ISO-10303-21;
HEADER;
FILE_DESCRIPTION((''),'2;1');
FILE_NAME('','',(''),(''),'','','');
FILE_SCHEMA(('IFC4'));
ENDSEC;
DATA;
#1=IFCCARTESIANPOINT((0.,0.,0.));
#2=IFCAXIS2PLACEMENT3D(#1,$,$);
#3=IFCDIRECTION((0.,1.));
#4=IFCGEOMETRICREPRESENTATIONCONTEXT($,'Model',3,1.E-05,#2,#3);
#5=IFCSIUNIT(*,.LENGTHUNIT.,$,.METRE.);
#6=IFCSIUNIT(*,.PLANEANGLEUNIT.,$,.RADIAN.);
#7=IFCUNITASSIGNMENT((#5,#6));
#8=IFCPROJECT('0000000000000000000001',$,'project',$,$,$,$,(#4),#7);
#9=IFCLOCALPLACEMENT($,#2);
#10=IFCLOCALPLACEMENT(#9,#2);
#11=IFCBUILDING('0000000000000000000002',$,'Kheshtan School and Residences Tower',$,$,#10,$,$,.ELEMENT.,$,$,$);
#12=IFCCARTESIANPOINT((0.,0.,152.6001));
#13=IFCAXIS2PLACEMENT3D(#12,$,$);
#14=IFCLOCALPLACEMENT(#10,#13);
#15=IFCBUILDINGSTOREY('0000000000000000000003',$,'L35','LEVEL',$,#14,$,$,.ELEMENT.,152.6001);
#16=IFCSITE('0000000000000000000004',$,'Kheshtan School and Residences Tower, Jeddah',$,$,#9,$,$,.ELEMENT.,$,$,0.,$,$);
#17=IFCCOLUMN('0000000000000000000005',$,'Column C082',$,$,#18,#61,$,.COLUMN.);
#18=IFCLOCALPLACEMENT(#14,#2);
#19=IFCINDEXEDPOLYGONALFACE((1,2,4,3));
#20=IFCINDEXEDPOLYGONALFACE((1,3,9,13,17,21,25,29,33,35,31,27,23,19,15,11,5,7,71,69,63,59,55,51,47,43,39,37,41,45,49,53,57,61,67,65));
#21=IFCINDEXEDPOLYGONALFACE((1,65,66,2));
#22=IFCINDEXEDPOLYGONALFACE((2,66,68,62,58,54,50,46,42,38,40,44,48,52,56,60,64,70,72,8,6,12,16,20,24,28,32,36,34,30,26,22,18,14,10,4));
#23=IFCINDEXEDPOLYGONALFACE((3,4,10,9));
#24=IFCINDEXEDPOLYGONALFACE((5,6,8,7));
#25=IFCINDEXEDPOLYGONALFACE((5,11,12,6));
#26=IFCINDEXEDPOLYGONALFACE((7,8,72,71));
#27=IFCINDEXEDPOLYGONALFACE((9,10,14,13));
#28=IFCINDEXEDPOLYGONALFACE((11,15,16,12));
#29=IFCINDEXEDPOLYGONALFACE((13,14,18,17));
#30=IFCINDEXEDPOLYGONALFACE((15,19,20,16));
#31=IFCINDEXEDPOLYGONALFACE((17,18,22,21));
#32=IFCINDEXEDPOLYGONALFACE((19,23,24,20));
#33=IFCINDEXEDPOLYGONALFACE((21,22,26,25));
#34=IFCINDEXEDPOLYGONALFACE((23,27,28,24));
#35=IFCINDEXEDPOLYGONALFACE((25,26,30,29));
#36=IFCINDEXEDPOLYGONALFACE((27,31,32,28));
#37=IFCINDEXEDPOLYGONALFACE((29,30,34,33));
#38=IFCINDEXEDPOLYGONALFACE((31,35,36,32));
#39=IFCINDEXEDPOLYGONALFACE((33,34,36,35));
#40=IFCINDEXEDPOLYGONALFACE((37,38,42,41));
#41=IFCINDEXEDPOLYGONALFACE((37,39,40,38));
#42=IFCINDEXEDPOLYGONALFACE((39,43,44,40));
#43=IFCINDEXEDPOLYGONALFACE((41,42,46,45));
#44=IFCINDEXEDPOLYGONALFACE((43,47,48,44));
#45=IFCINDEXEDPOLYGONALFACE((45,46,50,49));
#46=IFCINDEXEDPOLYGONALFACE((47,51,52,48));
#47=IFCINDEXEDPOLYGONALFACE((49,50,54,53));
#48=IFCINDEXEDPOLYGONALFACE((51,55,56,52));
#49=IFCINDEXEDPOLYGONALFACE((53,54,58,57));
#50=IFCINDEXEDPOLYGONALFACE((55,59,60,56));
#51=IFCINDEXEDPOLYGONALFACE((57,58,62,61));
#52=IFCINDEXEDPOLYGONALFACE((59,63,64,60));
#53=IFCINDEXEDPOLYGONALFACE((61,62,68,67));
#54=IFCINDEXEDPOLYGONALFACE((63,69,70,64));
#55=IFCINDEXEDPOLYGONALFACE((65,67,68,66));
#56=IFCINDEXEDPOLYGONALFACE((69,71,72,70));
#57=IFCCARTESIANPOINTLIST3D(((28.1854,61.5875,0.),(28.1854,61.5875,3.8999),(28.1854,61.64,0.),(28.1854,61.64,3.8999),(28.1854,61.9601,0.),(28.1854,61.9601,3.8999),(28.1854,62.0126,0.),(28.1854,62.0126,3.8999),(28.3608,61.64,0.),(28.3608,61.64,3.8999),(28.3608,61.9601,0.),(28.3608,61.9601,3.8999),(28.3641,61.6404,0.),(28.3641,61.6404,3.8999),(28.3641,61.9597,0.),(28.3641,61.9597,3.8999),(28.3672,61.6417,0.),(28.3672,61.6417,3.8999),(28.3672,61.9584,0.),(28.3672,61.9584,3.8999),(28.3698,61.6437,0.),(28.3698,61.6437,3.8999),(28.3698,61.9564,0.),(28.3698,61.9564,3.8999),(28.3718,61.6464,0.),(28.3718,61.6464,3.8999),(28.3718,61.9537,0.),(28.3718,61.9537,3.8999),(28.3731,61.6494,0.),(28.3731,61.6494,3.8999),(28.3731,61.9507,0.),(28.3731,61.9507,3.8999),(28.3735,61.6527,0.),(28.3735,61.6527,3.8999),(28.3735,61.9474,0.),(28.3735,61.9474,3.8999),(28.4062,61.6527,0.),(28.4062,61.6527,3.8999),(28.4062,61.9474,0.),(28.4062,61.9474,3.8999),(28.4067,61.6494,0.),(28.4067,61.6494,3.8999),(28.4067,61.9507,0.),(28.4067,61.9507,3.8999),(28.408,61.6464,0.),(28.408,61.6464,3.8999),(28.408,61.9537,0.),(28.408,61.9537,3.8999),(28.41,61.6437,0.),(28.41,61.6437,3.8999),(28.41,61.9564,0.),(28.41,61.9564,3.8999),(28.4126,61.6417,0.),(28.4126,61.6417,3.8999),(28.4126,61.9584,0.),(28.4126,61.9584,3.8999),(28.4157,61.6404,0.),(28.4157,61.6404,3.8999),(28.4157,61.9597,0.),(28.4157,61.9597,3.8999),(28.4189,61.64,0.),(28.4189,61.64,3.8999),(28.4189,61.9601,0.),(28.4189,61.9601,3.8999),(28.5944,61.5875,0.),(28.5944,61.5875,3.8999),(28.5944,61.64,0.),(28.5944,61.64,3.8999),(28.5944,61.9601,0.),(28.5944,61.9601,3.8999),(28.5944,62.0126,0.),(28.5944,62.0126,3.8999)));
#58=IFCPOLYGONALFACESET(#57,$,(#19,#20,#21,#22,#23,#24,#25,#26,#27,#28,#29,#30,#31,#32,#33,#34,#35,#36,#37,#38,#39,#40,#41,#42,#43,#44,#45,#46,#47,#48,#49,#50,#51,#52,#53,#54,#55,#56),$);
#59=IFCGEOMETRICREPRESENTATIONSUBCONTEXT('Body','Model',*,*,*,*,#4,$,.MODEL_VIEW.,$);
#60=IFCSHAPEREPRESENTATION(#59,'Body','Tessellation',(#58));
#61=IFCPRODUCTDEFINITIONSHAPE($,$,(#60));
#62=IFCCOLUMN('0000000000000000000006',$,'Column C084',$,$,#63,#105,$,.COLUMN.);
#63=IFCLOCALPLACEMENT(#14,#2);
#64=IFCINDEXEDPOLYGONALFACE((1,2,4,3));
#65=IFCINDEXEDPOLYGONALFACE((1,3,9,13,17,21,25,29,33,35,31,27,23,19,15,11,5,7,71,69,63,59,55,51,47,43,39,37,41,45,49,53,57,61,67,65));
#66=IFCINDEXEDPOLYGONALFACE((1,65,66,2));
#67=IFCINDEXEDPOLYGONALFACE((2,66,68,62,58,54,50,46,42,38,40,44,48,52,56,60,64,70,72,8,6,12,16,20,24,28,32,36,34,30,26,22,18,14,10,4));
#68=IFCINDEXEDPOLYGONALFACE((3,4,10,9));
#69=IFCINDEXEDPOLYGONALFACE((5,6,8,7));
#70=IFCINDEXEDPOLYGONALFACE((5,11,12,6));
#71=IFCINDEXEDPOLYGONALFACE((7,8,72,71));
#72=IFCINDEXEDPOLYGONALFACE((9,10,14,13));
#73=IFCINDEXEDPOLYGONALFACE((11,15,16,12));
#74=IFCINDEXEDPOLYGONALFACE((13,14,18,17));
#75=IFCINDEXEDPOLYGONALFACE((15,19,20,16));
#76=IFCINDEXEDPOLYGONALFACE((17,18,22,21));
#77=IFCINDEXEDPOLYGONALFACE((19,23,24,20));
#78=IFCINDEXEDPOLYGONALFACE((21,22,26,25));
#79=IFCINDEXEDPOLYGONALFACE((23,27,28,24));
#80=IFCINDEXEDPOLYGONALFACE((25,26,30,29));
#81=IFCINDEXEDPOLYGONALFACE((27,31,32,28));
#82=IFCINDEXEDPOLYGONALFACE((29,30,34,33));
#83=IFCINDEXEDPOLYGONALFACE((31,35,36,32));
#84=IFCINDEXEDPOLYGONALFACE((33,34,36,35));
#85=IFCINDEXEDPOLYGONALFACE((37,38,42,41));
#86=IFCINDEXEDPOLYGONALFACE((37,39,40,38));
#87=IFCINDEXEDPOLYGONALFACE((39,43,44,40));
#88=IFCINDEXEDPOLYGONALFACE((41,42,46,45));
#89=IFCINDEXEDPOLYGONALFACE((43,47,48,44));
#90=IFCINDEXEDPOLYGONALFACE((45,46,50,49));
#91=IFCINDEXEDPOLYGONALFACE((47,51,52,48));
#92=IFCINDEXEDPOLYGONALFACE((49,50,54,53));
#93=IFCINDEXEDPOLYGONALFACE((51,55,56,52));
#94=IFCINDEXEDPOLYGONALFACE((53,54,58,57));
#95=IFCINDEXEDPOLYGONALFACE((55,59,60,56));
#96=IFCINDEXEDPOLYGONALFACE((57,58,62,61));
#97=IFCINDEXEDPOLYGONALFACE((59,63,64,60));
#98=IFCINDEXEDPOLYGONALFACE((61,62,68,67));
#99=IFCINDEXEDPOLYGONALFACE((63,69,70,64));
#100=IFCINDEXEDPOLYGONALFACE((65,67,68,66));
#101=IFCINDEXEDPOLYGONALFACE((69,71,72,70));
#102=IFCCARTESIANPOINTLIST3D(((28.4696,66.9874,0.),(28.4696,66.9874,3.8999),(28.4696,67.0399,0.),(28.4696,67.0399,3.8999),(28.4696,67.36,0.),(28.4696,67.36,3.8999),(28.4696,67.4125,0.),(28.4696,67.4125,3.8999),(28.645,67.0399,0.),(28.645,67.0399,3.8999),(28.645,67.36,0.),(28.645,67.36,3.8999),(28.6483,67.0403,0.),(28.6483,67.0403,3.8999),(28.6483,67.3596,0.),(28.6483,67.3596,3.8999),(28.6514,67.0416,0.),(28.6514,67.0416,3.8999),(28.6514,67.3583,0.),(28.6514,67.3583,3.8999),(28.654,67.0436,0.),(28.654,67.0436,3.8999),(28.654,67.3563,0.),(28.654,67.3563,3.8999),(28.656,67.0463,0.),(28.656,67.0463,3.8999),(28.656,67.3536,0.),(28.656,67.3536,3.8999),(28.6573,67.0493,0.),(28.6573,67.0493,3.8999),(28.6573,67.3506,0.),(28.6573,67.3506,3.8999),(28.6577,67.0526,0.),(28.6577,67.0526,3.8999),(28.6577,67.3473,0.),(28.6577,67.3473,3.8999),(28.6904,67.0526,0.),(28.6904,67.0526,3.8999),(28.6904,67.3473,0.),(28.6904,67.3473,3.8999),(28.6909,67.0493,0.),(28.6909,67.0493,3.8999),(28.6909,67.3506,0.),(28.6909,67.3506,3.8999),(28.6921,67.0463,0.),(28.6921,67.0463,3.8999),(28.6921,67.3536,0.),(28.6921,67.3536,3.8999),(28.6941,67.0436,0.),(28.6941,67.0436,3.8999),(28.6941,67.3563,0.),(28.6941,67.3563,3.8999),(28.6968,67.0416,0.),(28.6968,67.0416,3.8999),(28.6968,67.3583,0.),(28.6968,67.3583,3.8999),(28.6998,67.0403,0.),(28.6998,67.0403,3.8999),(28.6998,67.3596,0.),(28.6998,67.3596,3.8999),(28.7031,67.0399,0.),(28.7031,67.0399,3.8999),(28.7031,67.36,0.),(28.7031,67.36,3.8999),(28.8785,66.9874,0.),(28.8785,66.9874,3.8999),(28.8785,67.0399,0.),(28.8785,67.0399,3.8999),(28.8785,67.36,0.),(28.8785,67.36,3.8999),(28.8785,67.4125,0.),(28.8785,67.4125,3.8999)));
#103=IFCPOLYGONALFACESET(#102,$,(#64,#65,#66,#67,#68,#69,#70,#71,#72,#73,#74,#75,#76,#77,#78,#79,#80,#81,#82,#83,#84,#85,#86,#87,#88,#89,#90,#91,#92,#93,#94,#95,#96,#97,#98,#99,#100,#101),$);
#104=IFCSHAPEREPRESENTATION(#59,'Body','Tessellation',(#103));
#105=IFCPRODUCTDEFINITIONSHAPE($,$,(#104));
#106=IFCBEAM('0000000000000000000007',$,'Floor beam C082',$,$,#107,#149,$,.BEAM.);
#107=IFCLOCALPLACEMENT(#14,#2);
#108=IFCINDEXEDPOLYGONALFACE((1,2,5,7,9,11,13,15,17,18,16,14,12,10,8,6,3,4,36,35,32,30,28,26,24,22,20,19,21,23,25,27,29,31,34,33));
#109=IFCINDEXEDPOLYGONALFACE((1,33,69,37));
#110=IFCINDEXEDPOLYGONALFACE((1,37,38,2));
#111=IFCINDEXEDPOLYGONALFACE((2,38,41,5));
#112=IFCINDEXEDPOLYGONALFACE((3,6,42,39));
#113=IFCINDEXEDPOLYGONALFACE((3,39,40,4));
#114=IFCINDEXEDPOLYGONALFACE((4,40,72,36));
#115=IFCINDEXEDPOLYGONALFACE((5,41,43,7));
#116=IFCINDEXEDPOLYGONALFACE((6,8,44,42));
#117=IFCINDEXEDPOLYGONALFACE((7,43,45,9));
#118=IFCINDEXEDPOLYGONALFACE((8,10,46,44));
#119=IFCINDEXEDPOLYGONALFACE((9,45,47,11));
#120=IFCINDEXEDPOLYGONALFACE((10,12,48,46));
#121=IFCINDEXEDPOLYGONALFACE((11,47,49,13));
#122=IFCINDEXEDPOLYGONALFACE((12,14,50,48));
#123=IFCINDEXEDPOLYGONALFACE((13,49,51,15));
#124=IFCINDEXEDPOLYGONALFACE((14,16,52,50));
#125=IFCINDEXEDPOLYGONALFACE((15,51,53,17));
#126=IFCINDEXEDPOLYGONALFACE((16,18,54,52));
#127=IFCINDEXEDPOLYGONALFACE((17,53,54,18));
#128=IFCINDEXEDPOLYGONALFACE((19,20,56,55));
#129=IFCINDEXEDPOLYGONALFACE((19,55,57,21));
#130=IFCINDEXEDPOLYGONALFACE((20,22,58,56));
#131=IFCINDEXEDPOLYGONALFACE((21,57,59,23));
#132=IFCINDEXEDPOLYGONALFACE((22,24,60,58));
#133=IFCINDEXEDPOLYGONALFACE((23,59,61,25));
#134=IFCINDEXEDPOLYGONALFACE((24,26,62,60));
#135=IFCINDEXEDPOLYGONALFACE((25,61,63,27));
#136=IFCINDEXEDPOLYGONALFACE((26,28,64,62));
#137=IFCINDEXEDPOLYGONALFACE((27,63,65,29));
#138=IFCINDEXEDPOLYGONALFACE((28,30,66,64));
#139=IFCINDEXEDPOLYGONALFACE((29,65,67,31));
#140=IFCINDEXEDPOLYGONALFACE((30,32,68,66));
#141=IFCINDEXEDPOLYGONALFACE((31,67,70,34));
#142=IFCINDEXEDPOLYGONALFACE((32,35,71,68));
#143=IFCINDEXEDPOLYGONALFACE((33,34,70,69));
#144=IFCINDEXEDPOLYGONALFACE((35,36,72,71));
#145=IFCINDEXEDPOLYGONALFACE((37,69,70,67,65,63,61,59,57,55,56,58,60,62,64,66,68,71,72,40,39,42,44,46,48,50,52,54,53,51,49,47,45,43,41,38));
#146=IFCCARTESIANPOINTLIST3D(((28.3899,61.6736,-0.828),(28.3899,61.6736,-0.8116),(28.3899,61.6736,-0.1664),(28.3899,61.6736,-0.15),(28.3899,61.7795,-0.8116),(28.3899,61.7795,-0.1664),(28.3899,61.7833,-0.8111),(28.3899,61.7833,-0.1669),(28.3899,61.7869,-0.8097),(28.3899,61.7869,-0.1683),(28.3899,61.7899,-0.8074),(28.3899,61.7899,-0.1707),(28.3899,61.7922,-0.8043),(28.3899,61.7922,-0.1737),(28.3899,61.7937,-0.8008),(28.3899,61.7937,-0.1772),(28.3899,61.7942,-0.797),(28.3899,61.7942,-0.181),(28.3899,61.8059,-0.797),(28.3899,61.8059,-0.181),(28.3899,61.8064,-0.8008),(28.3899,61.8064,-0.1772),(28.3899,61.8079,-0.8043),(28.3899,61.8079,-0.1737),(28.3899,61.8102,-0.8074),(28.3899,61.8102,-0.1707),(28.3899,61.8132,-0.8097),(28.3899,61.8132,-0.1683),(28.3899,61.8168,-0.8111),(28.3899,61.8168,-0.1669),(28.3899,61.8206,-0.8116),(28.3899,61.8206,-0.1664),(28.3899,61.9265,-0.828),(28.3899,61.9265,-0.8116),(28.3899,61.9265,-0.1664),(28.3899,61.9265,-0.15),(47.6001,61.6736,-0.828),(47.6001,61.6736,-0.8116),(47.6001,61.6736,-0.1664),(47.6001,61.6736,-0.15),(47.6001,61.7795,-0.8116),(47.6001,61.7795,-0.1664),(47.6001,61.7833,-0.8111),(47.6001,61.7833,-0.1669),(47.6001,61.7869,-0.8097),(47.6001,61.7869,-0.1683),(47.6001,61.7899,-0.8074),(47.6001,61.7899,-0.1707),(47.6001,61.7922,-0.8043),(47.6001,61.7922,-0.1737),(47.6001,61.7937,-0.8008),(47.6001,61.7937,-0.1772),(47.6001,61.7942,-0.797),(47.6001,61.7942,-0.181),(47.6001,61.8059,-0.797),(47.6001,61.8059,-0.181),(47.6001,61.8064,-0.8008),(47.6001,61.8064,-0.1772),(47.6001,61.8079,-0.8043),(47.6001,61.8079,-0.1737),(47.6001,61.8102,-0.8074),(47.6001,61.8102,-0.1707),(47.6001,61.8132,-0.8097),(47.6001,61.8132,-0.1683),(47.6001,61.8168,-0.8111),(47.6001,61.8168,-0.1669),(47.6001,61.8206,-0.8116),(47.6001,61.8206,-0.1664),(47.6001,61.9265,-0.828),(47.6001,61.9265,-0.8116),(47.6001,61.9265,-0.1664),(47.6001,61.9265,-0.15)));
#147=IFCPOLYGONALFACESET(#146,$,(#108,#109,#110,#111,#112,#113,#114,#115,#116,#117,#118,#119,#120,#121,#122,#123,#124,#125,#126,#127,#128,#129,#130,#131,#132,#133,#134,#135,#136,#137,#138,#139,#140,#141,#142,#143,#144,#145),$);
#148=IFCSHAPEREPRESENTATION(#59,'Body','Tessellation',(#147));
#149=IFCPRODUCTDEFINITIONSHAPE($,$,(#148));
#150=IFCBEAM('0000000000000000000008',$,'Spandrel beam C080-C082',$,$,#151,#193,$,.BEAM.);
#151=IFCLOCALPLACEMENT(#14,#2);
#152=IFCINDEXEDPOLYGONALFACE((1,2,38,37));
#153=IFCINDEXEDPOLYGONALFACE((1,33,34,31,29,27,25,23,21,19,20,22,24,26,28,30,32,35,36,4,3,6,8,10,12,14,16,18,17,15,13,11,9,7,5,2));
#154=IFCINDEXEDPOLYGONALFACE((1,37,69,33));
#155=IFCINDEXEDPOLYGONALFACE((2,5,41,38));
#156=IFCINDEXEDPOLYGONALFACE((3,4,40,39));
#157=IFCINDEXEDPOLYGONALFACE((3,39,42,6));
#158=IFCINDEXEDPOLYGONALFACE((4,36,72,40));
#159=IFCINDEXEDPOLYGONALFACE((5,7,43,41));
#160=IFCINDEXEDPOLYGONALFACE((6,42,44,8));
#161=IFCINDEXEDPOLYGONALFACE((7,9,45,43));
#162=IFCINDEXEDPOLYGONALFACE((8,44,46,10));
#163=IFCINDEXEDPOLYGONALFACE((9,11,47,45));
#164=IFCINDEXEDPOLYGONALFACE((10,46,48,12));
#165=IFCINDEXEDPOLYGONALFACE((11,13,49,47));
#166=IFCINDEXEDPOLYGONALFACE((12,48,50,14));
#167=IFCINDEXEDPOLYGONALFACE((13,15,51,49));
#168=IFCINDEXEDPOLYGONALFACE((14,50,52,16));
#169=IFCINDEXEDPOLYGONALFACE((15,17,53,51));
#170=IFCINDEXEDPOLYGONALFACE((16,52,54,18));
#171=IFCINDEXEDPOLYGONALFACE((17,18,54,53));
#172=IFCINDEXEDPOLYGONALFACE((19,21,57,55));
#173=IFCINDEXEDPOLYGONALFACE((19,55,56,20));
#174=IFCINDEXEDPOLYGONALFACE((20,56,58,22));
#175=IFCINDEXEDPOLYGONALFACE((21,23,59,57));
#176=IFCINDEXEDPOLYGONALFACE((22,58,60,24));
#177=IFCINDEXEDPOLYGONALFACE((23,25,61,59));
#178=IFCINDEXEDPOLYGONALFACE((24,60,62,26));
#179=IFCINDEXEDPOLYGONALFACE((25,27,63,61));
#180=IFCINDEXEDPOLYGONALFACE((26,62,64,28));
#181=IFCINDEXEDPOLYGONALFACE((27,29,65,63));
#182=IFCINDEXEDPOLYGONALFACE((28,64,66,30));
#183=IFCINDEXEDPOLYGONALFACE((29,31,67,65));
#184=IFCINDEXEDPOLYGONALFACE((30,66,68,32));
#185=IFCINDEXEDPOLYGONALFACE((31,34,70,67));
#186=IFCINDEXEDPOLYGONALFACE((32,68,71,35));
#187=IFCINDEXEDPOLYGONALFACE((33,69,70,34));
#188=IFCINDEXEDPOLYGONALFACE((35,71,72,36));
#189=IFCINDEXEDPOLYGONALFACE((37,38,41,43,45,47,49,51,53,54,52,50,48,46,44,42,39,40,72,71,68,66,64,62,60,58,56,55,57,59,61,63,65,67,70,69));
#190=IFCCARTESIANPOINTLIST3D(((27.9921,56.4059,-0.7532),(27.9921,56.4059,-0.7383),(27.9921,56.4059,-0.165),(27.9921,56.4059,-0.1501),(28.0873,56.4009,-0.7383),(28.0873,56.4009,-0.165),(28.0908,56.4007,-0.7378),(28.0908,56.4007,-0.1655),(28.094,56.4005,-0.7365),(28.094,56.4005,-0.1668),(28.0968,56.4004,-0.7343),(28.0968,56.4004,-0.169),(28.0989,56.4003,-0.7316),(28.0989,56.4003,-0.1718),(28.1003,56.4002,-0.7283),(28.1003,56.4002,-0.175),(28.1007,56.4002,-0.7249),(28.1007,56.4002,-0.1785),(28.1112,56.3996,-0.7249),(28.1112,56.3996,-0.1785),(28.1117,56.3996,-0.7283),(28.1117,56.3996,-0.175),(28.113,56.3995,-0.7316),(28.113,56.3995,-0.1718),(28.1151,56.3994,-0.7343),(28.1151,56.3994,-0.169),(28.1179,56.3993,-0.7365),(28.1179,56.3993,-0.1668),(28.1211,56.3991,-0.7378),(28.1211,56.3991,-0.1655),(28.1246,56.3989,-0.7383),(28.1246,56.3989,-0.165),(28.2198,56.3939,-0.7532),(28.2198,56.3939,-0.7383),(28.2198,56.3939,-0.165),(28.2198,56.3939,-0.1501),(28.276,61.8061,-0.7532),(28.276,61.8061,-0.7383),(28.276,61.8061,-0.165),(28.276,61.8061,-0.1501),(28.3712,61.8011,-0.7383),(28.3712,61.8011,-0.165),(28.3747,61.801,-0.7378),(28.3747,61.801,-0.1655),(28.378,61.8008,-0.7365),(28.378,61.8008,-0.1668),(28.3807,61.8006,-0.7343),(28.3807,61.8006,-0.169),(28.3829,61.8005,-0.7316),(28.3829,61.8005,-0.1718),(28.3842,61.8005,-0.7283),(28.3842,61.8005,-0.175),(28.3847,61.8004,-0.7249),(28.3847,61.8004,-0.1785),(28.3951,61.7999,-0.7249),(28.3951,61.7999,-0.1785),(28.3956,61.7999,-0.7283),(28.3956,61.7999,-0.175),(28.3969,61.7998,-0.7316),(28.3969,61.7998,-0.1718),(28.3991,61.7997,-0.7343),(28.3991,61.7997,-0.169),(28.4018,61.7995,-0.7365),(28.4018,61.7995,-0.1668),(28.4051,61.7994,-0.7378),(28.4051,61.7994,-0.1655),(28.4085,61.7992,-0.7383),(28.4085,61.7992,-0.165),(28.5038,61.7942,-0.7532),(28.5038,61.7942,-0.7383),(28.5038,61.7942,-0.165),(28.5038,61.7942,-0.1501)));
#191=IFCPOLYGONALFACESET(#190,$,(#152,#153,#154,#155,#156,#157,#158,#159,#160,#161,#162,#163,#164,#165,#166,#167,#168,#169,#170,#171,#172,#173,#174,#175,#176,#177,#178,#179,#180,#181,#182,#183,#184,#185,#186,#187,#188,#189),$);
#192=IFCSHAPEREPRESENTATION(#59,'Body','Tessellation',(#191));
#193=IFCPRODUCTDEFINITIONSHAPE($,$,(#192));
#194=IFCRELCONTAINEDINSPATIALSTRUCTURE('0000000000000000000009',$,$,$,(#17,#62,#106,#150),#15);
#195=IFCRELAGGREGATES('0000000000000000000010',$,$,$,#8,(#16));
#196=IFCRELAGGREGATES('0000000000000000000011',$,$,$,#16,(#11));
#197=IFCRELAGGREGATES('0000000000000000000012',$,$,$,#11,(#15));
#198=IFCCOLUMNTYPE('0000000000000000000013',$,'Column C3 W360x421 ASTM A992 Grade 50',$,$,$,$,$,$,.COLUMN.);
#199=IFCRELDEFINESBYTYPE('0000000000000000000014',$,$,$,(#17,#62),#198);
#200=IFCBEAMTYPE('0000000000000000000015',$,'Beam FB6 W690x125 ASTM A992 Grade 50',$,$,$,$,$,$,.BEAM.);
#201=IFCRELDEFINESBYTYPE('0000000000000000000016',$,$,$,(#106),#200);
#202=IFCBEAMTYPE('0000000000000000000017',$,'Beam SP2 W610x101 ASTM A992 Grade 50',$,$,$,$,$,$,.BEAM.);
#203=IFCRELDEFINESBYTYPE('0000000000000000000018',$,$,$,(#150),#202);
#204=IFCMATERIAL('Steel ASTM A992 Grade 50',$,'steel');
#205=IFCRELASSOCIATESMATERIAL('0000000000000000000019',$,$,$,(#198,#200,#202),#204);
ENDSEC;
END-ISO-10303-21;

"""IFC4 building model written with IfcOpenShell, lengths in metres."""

from ifc_helpers import new_model, si_unit, direction, frame, origin, origin_2d, place, context, subcontext, project, spatial, i_section, extrude, material, material_profile, profile_set, type_object, element, save


model = new_model("IFC4")

# Units and contexts
model_context = context("Model", 3, precision=1e-05, world=origin(), true_north=direction((0.0, 1.0)))
body_context = subcontext(model_context, "Body", "Model", "MODEL_VIEW")
ifc_project = project(units=[si_unit("LENGTHUNIT", "METRE"), si_unit("PLANEANGLEUNIT", "RADIAN")], contexts=[model_context])

# Site, building, storey
site_placement = place(None, origin())
site = spatial("IfcSite", under=ifc_project, at=site_placement, Name="Kheshtan School and Residences Tower, Jeddah", CompositionType="ELEMENT", RefElevation=0.0)
building_placement = place(site_placement, origin())
building = spatial("IfcBuilding", under=site, at=building_placement, Name="Kheshtan School and Residences Tower", CompositionType="ELEMENT")
storey_placement = place(building_placement, frame((0.0, 0.0, 152.6001)))
storey = spatial("IfcBuildingStorey", under=building, at=storey_placement, Name="L35", Description="LEVEL", CompositionType="ELEMENT", Elevation=152.6001)

# Columns
ifc_material_1 = material(Name="Steel ASTM A992 Grade 50", Category="steel")
ifc_material_profile_1 = material_profile(ifc_material_1, i_section(OverallWidth=0.4089, OverallDepth=0.425, WebThickness=0.0327, FlangeThickness=0.0525, FilletRadius=0.0127, at=origin_2d()), Name="W360x421")
ifc_profile_set_1 = profile_set([ifc_material_profile_1], Name="Steel ASTM A992 Grade 50")
column_type = type_object("IfcColumnType", Name="Column C3 W360x421 ASTM A992 Grade 50", PredefinedType="COLUMN", material=ifc_profile_set_1)
for number, where, z_axis, x_axis, name in (
    (1, (28.3899, 61.8, 0.0), (0.0, 0.0, 1.0), (1.0, 0.0, 0.0), "Column C082"),
    (2, (28.6741, 67.2, 0.0), (0.0, 0.0, 1.0), (1.0, 0.0, 0.0), "Column C084"),
):
    element("IfcColumn", number, at=place(storey_placement, frame(where, z_axis=z_axis, x_axis=x_axis)), inside=storey, type_object=column_type, Name=name, PredefinedType="COLUMN", context=body_context, shape_type="SweptSolid", body=[
        extrude(i_section(OverallWidth=0.4089, OverallDepth=0.425, WebThickness=0.0327, FlangeThickness=0.0525, FilletRadius=0.0127, at=origin_2d()), origin(), (0.0, 0.0, 1.0), 3.8999),
    ])

# Beams
ifc_material_profile_2 = material_profile(ifc_material_1, i_section(OverallWidth=0.2529, OverallDepth=0.678, WebThickness=0.0117, FlangeThickness=0.0164, FilletRadius=0.0146, at=origin_2d()), Name="W690x125")
ifc_profile_set_2 = profile_set([ifc_material_profile_2], Name="Steel ASTM A992 Grade 50")
beam_type_1 = type_object("IfcBeamType", Name="Beam FB6 W690x125 ASTM A992 Grade 50", PredefinedType="BEAM", material=ifc_profile_set_2)
beam_1_placement = place(storey_placement, frame((28.3899, 61.8, -0.489), z_axis=(1.0, 0.0, 0.0), x_axis=(0.0, 1.0, 0.0)))
element("IfcBeam", 3, at=beam_1_placement, inside=storey, type_object=beam_type_1, Name="Floor beam C082", PredefinedType="BEAM", context=body_context, shape_type="SweptSolid", body=[
    extrude(i_section(OverallWidth=0.2529, OverallDepth=0.678, WebThickness=0.0117, FlangeThickness=0.0164, FilletRadius=0.0146, at=origin_2d()), origin(), (0.0, 0.0, 1.0), 19.2102),
])
ifc_material_profile_3 = material_profile(ifc_material_1, i_section(OverallWidth=0.228, OverallDepth=0.603, WebThickness=0.0105, FlangeThickness=0.0149, FilletRadius=0.0134, at=origin_2d()), Name="W610x101")
ifc_profile_set_3 = profile_set([ifc_material_profile_3], Name="Steel ASTM A992 Grade 50")
beam_type_2 = type_object("IfcBeamType", Name="Beam SP2 W610x101 ASTM A992 Grade 50", PredefinedType="BEAM", material=ifc_profile_set_3)
beam_2_placement = place(storey_placement, frame((28.106, 56.3999, -0.4517), z_axis=(0.052507, 0.998621, 0.0), x_axis=(-0.998621, 0.052507, 0.0)))
element("IfcBeam", 4, at=beam_2_placement, inside=storey, type_object=beam_type_2, Name="Spandrel beam C080-C082", PredefinedType="BEAM", context=body_context, shape_type="SweptSolid", body=[
    extrude(i_section(OverallWidth=0.228, OverallDepth=0.603, WebThickness=0.0105, FlangeThickness=0.0149, FilletRadius=0.0134, at=origin_2d()), origin(), (0.0, 0.0, 1.0), 5.4077),
])

save(model, "model.ifc")
